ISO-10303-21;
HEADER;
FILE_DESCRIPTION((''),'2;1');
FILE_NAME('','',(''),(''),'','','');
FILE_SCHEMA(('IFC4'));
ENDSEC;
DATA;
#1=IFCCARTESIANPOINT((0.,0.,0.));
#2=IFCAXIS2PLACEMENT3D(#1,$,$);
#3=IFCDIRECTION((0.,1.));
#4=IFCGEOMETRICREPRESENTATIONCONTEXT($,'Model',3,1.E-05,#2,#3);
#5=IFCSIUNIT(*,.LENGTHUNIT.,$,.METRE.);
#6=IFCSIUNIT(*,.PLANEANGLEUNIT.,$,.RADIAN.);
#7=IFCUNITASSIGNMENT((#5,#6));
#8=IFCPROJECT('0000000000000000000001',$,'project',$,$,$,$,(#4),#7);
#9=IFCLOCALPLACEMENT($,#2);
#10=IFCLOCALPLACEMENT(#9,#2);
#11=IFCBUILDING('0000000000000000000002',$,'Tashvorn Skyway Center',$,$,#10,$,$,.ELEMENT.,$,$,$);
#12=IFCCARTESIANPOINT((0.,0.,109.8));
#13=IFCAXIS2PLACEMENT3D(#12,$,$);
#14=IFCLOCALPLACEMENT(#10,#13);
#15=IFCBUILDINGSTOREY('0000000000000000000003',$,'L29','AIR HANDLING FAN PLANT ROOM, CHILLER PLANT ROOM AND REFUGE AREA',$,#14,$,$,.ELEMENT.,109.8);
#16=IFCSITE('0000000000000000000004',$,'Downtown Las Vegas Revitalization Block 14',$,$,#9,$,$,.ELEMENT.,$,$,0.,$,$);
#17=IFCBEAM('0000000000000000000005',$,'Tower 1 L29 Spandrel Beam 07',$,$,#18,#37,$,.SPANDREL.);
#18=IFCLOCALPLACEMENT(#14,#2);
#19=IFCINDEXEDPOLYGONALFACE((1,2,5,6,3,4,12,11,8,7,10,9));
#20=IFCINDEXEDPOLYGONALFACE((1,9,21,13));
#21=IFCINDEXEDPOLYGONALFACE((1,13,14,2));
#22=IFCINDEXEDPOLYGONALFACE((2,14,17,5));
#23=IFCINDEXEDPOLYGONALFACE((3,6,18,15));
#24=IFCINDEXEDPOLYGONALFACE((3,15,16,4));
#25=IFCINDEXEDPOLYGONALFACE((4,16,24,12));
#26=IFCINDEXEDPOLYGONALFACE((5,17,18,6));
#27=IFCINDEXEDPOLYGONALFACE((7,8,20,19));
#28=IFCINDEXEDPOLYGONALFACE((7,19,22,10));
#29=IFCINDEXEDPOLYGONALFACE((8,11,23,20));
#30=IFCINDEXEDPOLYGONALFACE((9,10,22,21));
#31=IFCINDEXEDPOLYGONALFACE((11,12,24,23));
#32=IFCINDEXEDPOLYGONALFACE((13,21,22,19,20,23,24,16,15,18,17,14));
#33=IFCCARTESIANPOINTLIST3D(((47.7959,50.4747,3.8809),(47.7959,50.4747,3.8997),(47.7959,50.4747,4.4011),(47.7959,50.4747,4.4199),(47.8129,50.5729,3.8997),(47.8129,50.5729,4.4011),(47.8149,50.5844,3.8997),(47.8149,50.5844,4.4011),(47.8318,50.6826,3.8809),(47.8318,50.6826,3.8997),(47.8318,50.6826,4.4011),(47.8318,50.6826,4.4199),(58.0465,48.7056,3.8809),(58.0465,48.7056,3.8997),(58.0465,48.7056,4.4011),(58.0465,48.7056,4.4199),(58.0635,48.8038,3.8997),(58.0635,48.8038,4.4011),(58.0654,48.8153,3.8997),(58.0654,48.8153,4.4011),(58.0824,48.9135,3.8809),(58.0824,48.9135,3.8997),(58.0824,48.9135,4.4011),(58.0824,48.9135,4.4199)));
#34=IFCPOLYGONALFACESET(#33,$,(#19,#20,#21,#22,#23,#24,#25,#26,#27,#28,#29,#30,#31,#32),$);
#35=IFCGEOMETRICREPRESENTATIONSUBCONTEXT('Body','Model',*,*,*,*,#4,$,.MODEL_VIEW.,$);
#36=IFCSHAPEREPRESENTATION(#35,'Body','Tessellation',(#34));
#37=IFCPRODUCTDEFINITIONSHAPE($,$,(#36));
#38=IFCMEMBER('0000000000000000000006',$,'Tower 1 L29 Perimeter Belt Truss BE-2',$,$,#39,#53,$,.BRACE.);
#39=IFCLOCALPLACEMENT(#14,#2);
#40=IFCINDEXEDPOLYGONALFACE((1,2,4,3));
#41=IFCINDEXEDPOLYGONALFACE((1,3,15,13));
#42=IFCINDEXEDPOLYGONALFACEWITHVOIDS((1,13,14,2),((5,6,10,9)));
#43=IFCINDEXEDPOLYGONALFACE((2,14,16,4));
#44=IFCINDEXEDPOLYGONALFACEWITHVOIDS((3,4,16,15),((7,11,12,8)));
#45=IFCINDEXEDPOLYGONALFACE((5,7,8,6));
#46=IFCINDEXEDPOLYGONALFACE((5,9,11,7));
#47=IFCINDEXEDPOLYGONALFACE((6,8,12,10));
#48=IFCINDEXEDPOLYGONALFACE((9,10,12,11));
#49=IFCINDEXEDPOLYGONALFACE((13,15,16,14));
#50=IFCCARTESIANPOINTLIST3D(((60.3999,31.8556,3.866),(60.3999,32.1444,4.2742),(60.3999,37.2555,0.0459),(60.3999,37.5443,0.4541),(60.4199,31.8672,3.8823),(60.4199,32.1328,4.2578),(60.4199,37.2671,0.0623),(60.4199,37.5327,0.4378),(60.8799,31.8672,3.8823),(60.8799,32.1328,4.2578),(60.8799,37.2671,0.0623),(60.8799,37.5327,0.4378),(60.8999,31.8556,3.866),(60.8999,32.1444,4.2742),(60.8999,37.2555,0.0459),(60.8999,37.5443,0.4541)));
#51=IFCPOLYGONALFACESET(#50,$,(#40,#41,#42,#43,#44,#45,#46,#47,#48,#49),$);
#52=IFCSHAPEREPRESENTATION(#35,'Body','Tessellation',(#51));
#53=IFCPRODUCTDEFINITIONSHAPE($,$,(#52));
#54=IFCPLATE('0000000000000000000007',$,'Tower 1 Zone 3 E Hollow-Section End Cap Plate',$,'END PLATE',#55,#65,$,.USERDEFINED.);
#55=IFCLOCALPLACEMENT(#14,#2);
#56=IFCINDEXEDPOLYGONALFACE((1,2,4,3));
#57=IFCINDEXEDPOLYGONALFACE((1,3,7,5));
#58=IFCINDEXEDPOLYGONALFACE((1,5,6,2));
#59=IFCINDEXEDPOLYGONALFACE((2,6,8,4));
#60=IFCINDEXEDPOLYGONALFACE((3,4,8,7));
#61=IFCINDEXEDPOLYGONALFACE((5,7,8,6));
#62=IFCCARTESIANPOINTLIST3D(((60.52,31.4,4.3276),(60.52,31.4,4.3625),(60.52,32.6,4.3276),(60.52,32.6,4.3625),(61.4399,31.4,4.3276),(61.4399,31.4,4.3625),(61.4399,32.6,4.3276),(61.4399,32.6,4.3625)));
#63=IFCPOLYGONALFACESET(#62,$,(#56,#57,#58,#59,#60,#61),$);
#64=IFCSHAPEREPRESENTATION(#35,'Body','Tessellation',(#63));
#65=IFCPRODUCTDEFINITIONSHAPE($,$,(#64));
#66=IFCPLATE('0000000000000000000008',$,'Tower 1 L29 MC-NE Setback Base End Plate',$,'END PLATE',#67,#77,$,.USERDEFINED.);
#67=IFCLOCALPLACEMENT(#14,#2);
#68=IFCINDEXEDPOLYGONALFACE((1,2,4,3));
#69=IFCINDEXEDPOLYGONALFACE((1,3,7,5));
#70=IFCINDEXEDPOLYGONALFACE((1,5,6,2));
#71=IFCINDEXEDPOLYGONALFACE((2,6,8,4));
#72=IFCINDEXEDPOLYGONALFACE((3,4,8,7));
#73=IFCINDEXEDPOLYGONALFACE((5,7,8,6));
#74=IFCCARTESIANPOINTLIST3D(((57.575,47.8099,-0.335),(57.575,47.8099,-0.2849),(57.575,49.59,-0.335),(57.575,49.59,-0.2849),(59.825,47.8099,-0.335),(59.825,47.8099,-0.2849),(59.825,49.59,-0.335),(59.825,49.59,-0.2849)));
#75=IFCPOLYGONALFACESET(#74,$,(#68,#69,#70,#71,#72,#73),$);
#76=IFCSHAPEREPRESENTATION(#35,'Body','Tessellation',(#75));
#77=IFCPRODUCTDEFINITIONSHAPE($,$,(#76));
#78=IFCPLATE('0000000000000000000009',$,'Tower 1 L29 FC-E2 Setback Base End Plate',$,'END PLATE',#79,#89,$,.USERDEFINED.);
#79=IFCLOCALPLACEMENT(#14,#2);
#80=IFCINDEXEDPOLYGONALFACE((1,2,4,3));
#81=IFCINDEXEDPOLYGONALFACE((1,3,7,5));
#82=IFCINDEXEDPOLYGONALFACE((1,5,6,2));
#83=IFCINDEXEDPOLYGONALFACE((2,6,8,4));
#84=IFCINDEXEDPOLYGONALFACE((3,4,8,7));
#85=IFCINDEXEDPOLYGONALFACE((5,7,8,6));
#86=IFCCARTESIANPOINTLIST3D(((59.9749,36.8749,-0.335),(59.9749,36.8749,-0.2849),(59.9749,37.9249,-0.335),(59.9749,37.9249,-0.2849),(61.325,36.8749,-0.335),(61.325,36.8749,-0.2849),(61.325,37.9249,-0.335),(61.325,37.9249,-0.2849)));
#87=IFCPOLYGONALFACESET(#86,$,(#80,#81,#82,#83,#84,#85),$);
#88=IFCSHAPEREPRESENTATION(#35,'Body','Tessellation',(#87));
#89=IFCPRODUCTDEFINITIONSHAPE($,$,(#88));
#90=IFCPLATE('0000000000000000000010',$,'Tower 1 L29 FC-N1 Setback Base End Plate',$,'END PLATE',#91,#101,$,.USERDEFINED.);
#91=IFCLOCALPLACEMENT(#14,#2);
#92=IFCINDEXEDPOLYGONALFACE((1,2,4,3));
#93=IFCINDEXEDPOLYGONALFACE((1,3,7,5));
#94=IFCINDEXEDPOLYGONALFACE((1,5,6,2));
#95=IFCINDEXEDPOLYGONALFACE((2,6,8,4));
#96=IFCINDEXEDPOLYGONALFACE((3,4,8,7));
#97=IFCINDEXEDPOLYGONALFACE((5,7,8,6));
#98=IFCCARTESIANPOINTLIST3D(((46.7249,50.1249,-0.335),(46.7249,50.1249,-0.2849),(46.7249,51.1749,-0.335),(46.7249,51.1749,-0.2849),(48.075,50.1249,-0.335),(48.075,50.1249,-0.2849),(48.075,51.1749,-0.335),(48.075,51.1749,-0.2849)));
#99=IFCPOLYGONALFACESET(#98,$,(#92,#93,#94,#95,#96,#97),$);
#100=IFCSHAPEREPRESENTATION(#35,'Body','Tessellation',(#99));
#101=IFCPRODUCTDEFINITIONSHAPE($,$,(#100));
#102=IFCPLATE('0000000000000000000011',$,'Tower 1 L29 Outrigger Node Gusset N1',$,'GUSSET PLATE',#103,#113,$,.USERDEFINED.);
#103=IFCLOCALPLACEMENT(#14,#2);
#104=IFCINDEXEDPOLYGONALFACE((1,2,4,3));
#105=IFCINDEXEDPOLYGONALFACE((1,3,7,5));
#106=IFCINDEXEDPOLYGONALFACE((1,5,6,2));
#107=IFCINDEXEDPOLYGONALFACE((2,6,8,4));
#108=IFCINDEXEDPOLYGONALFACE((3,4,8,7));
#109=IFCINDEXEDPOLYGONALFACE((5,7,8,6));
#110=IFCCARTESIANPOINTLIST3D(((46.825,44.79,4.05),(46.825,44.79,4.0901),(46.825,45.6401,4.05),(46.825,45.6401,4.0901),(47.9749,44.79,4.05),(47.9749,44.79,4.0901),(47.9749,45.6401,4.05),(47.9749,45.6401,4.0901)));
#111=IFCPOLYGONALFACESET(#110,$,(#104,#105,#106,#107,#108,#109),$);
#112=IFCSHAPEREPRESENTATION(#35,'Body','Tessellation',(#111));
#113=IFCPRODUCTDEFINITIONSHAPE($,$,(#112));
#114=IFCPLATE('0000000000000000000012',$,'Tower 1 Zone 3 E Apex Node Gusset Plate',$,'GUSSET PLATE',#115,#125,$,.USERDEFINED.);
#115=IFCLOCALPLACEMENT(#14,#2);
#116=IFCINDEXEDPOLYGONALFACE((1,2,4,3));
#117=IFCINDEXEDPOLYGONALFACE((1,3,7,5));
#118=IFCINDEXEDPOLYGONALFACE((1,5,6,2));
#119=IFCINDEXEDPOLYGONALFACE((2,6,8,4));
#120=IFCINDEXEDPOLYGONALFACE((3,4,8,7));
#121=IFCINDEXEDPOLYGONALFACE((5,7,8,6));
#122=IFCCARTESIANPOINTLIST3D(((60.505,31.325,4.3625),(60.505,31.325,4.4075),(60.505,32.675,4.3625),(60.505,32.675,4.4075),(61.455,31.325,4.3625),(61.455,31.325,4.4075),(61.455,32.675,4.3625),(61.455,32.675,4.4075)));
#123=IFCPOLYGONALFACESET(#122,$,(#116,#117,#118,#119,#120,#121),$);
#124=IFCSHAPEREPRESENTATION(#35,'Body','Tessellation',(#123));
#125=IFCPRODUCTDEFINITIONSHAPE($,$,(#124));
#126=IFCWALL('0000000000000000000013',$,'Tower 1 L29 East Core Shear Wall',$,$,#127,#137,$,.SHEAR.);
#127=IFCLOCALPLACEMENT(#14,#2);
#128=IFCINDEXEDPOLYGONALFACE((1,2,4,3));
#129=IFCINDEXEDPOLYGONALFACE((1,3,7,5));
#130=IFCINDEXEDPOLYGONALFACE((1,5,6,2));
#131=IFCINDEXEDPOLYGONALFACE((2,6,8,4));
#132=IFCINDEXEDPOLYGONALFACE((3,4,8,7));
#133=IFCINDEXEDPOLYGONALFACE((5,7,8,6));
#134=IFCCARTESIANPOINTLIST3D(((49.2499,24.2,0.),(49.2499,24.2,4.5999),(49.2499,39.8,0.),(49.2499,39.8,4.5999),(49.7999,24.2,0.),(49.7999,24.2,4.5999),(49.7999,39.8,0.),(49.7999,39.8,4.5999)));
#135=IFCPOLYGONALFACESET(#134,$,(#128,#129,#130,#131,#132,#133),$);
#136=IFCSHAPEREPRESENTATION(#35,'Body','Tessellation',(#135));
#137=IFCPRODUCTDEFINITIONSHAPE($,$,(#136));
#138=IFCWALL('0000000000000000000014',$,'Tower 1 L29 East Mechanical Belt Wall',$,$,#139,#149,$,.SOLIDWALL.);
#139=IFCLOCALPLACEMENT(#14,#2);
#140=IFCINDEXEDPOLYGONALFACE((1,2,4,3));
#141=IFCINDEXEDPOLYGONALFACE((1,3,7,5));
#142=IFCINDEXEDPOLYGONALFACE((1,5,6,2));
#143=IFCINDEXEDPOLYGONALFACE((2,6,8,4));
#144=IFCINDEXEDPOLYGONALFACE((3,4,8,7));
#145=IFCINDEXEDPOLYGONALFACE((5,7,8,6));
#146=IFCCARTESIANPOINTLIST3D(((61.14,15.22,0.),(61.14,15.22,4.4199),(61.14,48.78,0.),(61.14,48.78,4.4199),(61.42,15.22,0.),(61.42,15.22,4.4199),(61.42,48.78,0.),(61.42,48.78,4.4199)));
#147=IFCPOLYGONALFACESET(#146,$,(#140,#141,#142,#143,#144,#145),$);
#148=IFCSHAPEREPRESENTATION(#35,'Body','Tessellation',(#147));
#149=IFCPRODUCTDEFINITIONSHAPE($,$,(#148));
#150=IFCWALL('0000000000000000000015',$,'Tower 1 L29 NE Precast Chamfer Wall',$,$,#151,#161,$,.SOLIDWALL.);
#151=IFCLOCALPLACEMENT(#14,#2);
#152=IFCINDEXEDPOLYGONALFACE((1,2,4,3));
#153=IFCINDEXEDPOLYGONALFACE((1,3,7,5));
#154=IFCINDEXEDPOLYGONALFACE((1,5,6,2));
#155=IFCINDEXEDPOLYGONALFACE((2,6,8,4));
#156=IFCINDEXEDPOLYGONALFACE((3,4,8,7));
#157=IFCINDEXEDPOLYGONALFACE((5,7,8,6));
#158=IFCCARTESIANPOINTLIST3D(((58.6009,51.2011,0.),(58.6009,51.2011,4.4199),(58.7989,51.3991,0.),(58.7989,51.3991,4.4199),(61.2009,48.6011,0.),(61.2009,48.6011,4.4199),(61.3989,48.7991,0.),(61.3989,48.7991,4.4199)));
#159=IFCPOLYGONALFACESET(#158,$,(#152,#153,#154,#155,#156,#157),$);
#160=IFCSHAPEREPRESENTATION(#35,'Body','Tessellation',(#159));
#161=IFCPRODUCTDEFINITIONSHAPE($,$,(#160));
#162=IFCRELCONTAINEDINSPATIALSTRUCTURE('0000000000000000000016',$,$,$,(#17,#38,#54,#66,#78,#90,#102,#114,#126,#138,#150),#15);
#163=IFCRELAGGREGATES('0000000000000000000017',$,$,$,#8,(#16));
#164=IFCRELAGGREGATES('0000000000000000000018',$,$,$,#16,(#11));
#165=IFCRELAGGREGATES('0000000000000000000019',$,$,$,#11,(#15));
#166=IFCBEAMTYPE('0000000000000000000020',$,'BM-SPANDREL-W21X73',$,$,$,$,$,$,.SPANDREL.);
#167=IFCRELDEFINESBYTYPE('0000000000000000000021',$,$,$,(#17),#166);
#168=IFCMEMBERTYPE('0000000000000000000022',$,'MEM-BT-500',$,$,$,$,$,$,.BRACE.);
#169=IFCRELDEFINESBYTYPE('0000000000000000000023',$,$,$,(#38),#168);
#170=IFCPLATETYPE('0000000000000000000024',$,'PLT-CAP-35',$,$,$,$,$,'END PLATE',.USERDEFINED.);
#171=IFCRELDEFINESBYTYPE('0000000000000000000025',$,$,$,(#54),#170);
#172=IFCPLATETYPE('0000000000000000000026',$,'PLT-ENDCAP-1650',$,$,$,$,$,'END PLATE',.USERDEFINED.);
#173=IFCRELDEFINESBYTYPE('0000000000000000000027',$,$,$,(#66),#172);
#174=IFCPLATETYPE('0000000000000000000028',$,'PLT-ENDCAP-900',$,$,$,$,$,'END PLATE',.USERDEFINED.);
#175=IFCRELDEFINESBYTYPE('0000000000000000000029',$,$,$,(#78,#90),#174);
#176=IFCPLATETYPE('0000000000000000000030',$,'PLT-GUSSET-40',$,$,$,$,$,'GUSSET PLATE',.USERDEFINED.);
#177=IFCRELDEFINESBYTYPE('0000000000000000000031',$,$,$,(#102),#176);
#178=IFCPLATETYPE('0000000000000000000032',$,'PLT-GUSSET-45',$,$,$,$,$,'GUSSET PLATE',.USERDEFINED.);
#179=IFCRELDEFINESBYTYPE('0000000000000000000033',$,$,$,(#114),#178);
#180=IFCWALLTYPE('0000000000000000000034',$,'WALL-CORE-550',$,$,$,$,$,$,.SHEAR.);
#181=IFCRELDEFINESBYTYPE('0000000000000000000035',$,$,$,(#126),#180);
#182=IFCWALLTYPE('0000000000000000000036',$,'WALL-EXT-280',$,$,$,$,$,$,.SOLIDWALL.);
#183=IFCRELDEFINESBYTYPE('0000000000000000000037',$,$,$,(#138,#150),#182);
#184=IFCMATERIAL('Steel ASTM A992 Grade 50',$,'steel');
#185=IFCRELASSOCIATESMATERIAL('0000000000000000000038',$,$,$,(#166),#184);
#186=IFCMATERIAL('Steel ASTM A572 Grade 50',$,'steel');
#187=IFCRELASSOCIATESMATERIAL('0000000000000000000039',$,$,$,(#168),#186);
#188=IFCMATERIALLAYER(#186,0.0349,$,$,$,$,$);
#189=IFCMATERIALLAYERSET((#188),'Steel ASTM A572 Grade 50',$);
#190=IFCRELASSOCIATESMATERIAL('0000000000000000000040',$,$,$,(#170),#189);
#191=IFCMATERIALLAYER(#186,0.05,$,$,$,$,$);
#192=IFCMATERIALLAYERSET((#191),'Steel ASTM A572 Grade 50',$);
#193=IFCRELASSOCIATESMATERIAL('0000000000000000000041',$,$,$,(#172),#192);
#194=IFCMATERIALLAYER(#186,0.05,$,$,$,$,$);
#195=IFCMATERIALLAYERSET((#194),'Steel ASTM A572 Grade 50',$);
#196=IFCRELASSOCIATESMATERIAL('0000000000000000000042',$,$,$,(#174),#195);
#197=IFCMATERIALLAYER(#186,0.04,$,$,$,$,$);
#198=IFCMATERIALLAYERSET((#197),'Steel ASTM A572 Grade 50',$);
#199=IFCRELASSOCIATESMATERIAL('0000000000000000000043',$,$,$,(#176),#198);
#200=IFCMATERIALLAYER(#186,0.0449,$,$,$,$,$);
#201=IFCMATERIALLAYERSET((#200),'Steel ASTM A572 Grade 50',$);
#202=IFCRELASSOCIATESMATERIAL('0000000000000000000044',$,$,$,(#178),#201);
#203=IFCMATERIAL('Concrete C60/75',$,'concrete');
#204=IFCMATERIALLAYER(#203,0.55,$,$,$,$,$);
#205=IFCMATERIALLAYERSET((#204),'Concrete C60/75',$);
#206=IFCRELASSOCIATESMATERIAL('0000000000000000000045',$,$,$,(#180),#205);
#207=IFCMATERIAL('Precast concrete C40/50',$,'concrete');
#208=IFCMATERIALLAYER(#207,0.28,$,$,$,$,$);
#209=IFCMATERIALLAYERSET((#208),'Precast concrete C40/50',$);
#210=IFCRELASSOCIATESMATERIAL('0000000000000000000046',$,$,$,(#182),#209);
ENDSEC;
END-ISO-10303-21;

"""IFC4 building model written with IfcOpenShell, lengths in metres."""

from ifc_helpers import new_model, si_unit, direction, frame, frame_2d, origin, origin_2d, place, context, subcontext, project, spatial, rectangle, hollow_rectangle, i_section, extrude, material, layer, layer_set, material_profile, profile_set, type_object, element, save


model = new_model("IFC4")

# Units and contexts
model_context = context("Model", 3, precision=1e-05, world=origin(), true_north=direction((0.0, 1.0)))
body_context = subcontext(model_context, "Body", "Model", "MODEL_VIEW")
ifc_project = project(units=[si_unit("LENGTHUNIT", "METRE"), si_unit("PLANEANGLEUNIT", "RADIAN")], contexts=[model_context])

# Site, building, storey
site_placement = place(None, origin())
site = spatial("IfcSite", under=ifc_project, at=site_placement, Name="Downtown Las Vegas Revitalization Block 14", CompositionType="ELEMENT", RefElevation=0.0)
building_placement = place(site_placement, origin())
building = spatial("IfcBuilding", under=site, at=building_placement, Name="Tashvorn Skyway Center", CompositionType="ELEMENT")
storey_placement = place(building_placement, frame((0.0, 0.0, 109.8)))
storey = spatial("IfcBuildingStorey", under=building, at=storey_placement, Name="L29", Description="AIR HANDLING FAN PLANT ROOM, CHILLER PLANT ROOM AND REFUGE AREA", CompositionType="ELEMENT", Elevation=109.8)

# Shared definitions
ifc_material_1 = material(Name="Steel ASTM A572 Grade 50", Category="steel")

# Beam
ifc_material_2 = material(Name="Steel ASTM A992 Grade 50", Category="steel")
ifc_material_profile_1 = material_profile(ifc_material_2, i_section(OverallWidth=0.2109, OverallDepth=0.5391, WebThickness=0.0117, FlangeThickness=0.0188, at=origin_2d()), Name="W21X73")
ifc_profile_set_1 = profile_set([ifc_material_profile_1], Name="Steel ASTM A992 Grade 50")
beam_type_1 = type_object("IfcBeamType", Name="BM-SPANDREL-W21X73", PredefinedType="SPANDREL", material=ifc_profile_set_1)
for number, where, z_axis, x_axis, name in (
    (1, (58.0645, 48.8096, 4.1504), (-0.985432, 0.170067, 0.0), (-0.170067, -0.985432, 0.0), "Tower 1 L29 Spandrel Beam 07"),
):
    element("IfcBeam", number, at=place(storey_placement, frame(where, z_axis=z_axis, x_axis=x_axis)), inside=storey, type_object=beam_type_1, Name=name, PredefinedType="SPANDREL", context=body_context, shape_type="SweptSolid", body=[
        extrude(i_section(OverallWidth=0.2109, OverallDepth=0.5391, WebThickness=0.0117, FlangeThickness=0.0188, at=origin_2d()), origin(), (0.0, 0.0, 1.0), 10.4021),
    ])

# Member
ifc_material_profile_2 = material_profile(ifc_material_1, hollow_rectangle(XDim=0.5, YDim=0.5, WallThickness=0.02, at=origin_2d()), Name="HSS500x500x20")
ifc_profile_set_2 = profile_set([ifc_material_profile_2], Name="Steel ASTM A572 Grade 50")
member_type = type_object("IfcMemberType", Name="MEM-BT-500", PredefinedType="BRACE", material=ifc_profile_set_2)
member_placement = place(storey_placement, frame((60.6499, 32.0, 4.0701), z_axis=(0.0, 0.816371, -0.577528), x_axis=(-1.0, 0.0, 0.0)))
element("IfcMember", 2, at=member_placement, inside=storey, type_object=member_type, Name="Tower 1 L29 Perimeter Belt Truss BE-2", PredefinedType="BRACE", context=body_context, shape_type="SweptSolid", body=[
    extrude(hollow_rectangle(XDim=0.5, YDim=0.5, WallThickness=0.02, at=origin_2d()), origin(), (0.0, 0.0, 1.0), 6.6145),
])

# Plates
ifc_layer_1 = layer(ifc_material_1, 0.0349)
ifc_layer_set_1 = layer_set([ifc_layer_1], Name="Steel ASTM A572 Grade 50")
plate_type_1 = type_object("IfcPlateType", Name="PLT-CAP-35", ElementType="END PLATE", PredefinedType="USERDEFINED", material=ifc_layer_set_1)
plate_1_placement = place(storey_placement, frame((60.98, 32.0, 4.3276), z_axis=(0.0, 0.0, 1.0), x_axis=(0.0, 1.0, 0.0)))
element("IfcPlate", 3, at=plate_1_placement, inside=storey, type_object=plate_type_1, Name="Tower 1 Zone 3 E Hollow-Section End Cap Plate", ObjectType="END PLATE", PredefinedType="USERDEFINED", context=body_context, shape_type="SweptSolid", body=[
    extrude(rectangle(XDim=1.2, YDim=0.9199, at=origin_2d()), origin(), (0.0, 0.0, 1.0), 0.0349),
])
ifc_layer_2 = layer(ifc_material_1, 0.05)
ifc_layer_set_2 = layer_set([ifc_layer_2], Name="Steel ASTM A572 Grade 50")
plate_type_2 = type_object("IfcPlateType", Name="PLT-ENDCAP-1650", ElementType="END PLATE", PredefinedType="USERDEFINED", material=ifc_layer_set_2)
plate_2_placement = place(storey_placement, frame((58.7, 48.7, -0.335), z_axis=(0.0, 0.0, 1.0), x_axis=(1.0, 0.0, 0.0)))
element("IfcPlate", 4, at=plate_2_placement, inside=storey, type_object=plate_type_2, Name="Tower 1 L29 MC-NE Setback Base End Plate", ObjectType="END PLATE", PredefinedType="USERDEFINED", context=body_context, shape_type="SweptSolid", body=[
    extrude(rectangle(XDim=2.25, YDim=1.78, at=origin_2d()), origin(), (0.0, 0.0, 1.0), 0.05),
])
ifc_layer_3 = layer(ifc_material_1, 0.05)
ifc_layer_set_3 = layer_set([ifc_layer_3], Name="Steel ASTM A572 Grade 50")
plate_type_3 = type_object("IfcPlateType", Name="PLT-ENDCAP-900", ElementType="END PLATE", PredefinedType="USERDEFINED", material=ifc_layer_set_3)
for number, where, z_axis, x_axis, name in (
    (5, (60.6499, 37.3999, -0.335), (0.0, 0.0, 1.0), (1.0, 0.0, 0.0), "Tower 1 L29 FC-E2 Setback Base End Plate"),
    (6, (47.3999, 50.6499, -0.335), (0.0, 0.0, 1.0), (1.0, 0.0, 0.0), "Tower 1 L29 FC-N1 Setback Base End Plate"),
):
    element("IfcPlate", number, at=place(storey_placement, frame(where, z_axis=z_axis, x_axis=x_axis)), inside=storey, type_object=plate_type_3, Name=name, ObjectType="END PLATE", PredefinedType="USERDEFINED", context=body_context, shape_type="SweptSolid", body=[
        extrude(rectangle(XDim=1.3501, YDim=1.05, at=origin_2d()), origin(), (0.0, 0.0, 1.0), 0.05),
    ])
ifc_layer_4 = layer(ifc_material_1, 0.04)
ifc_layer_set_4 = layer_set([ifc_layer_4], Name="Steel ASTM A572 Grade 50")
plate_type_4 = type_object("IfcPlateType", Name="PLT-GUSSET-40", ElementType="GUSSET PLATE", PredefinedType="USERDEFINED", material=ifc_layer_set_4)
plate_3_placement = place(storey_placement, frame((47.3999, 45.2151, 4.05), z_axis=(0.0, 0.0, 1.0), x_axis=(1.0, 0.0, 0.0)))
element("IfcPlate", 7, at=plate_3_placement, inside=storey, type_object=plate_type_4, Name="Tower 1 L29 Outrigger Node Gusset N1", ObjectType="GUSSET PLATE", PredefinedType="USERDEFINED", context=body_context, shape_type="SweptSolid", body=[
    extrude(rectangle(XDim=1.1499, YDim=0.8501, at=origin_2d()), origin(), (0.0, 0.0, 1.0), 0.04),
])
ifc_layer_5 = layer(ifc_material_1, 0.0449)
ifc_layer_set_5 = layer_set([ifc_layer_5], Name="Steel ASTM A572 Grade 50")
plate_type_5 = type_object("IfcPlateType", Name="PLT-GUSSET-45", ElementType="GUSSET PLATE", PredefinedType="USERDEFINED", material=ifc_layer_set_5)
plate_4_placement = place(storey_placement, frame((60.98, 32.0, 4.3625), z_axis=(0.0, 0.0, 1.0), x_axis=(0.0, 1.0, 0.0)))
element("IfcPlate", 8, at=plate_4_placement, inside=storey, type_object=plate_type_5, Name="Tower 1 Zone 3 E Apex Node Gusset Plate", ObjectType="GUSSET PLATE", PredefinedType="USERDEFINED", context=body_context, shape_type="SweptSolid", body=[
    extrude(rectangle(XDim=1.3501, YDim=0.95, at=origin_2d()), origin(), (0.0, 0.0, 1.0), 0.0449),
])

# Walls
ifc_material_3 = material(Name="Concrete C60/75", Category="concrete")
ifc_layer_6 = layer(ifc_material_3, 0.55)
ifc_layer_set_6 = layer_set([ifc_layer_6], Name="Concrete C60/75")
wall_type_1 = type_object("IfcWallType", Name="WALL-CORE-550", PredefinedType="SHEAR", material=ifc_layer_set_6)
wall_1_placement = place(storey_placement, frame((49.5249, 39.8, 0.0), z_axis=(0.0, 0.0, 1.0), x_axis=(0.0, -1.0, 0.0)))
element("IfcWall", 9, at=wall_1_placement, inside=storey, type_object=wall_type_1, Name="Tower 1 L29 East Core Shear Wall", PredefinedType="SHEAR", context=body_context, shape_type="SweptSolid", body=[
    extrude(rectangle(XDim=15.6001, YDim=0.55, at=frame_2d((7.8, 0.0))), origin(), (0.0, 0.0, 1.0), 4.5999),
])
ifc_material_4 = material(Name="Precast concrete C40/50", Category="concrete")
ifc_layer_7 = layer(ifc_material_4, 0.28)
ifc_layer_set_7 = layer_set([ifc_layer_7], Name="Precast concrete C40/50")
wall_type_2 = type_object("IfcWallType", Name="WALL-EXT-280", PredefinedType="SOLIDWALL", material=ifc_layer_set_7)
wall_2_placement = place(storey_placement, frame((61.28, 48.78, 0.0), z_axis=(0.0, 0.0, 1.0), x_axis=(0.0, -1.0, 0.0)))
element("IfcWall", 10, at=wall_2_placement, inside=storey, type_object=wall_type_2, Name="Tower 1 L29 East Mechanical Belt Wall", PredefinedType="SOLIDWALL", context=body_context, shape_type="SweptSolid", body=[
    extrude(rectangle(XDim=33.5601, YDim=0.28, at=frame_2d((16.78, 0.0))), origin(), (0.0, 0.0, 1.0), 4.4199),
])
wall_3_placement = place(storey_placement, frame((58.7, 51.3, 0.0), z_axis=(0.0, 0.0, 1.0), x_axis=(0.707107, -0.707107, 0.0)))
element("IfcWall", 11, at=wall_3_placement, inside=storey, type_object=wall_type_2, Name="Tower 1 L29 NE Precast Chamfer Wall", PredefinedType="SOLIDWALL", context=body_context, shape_type="SweptSolid", body=[
    extrude(rectangle(XDim=3.677, YDim=0.28, at=frame_2d((1.8384, 0.0))), origin(), (0.0, 0.0, 1.0), 4.4199),
])

save(model, "model.ifc")
